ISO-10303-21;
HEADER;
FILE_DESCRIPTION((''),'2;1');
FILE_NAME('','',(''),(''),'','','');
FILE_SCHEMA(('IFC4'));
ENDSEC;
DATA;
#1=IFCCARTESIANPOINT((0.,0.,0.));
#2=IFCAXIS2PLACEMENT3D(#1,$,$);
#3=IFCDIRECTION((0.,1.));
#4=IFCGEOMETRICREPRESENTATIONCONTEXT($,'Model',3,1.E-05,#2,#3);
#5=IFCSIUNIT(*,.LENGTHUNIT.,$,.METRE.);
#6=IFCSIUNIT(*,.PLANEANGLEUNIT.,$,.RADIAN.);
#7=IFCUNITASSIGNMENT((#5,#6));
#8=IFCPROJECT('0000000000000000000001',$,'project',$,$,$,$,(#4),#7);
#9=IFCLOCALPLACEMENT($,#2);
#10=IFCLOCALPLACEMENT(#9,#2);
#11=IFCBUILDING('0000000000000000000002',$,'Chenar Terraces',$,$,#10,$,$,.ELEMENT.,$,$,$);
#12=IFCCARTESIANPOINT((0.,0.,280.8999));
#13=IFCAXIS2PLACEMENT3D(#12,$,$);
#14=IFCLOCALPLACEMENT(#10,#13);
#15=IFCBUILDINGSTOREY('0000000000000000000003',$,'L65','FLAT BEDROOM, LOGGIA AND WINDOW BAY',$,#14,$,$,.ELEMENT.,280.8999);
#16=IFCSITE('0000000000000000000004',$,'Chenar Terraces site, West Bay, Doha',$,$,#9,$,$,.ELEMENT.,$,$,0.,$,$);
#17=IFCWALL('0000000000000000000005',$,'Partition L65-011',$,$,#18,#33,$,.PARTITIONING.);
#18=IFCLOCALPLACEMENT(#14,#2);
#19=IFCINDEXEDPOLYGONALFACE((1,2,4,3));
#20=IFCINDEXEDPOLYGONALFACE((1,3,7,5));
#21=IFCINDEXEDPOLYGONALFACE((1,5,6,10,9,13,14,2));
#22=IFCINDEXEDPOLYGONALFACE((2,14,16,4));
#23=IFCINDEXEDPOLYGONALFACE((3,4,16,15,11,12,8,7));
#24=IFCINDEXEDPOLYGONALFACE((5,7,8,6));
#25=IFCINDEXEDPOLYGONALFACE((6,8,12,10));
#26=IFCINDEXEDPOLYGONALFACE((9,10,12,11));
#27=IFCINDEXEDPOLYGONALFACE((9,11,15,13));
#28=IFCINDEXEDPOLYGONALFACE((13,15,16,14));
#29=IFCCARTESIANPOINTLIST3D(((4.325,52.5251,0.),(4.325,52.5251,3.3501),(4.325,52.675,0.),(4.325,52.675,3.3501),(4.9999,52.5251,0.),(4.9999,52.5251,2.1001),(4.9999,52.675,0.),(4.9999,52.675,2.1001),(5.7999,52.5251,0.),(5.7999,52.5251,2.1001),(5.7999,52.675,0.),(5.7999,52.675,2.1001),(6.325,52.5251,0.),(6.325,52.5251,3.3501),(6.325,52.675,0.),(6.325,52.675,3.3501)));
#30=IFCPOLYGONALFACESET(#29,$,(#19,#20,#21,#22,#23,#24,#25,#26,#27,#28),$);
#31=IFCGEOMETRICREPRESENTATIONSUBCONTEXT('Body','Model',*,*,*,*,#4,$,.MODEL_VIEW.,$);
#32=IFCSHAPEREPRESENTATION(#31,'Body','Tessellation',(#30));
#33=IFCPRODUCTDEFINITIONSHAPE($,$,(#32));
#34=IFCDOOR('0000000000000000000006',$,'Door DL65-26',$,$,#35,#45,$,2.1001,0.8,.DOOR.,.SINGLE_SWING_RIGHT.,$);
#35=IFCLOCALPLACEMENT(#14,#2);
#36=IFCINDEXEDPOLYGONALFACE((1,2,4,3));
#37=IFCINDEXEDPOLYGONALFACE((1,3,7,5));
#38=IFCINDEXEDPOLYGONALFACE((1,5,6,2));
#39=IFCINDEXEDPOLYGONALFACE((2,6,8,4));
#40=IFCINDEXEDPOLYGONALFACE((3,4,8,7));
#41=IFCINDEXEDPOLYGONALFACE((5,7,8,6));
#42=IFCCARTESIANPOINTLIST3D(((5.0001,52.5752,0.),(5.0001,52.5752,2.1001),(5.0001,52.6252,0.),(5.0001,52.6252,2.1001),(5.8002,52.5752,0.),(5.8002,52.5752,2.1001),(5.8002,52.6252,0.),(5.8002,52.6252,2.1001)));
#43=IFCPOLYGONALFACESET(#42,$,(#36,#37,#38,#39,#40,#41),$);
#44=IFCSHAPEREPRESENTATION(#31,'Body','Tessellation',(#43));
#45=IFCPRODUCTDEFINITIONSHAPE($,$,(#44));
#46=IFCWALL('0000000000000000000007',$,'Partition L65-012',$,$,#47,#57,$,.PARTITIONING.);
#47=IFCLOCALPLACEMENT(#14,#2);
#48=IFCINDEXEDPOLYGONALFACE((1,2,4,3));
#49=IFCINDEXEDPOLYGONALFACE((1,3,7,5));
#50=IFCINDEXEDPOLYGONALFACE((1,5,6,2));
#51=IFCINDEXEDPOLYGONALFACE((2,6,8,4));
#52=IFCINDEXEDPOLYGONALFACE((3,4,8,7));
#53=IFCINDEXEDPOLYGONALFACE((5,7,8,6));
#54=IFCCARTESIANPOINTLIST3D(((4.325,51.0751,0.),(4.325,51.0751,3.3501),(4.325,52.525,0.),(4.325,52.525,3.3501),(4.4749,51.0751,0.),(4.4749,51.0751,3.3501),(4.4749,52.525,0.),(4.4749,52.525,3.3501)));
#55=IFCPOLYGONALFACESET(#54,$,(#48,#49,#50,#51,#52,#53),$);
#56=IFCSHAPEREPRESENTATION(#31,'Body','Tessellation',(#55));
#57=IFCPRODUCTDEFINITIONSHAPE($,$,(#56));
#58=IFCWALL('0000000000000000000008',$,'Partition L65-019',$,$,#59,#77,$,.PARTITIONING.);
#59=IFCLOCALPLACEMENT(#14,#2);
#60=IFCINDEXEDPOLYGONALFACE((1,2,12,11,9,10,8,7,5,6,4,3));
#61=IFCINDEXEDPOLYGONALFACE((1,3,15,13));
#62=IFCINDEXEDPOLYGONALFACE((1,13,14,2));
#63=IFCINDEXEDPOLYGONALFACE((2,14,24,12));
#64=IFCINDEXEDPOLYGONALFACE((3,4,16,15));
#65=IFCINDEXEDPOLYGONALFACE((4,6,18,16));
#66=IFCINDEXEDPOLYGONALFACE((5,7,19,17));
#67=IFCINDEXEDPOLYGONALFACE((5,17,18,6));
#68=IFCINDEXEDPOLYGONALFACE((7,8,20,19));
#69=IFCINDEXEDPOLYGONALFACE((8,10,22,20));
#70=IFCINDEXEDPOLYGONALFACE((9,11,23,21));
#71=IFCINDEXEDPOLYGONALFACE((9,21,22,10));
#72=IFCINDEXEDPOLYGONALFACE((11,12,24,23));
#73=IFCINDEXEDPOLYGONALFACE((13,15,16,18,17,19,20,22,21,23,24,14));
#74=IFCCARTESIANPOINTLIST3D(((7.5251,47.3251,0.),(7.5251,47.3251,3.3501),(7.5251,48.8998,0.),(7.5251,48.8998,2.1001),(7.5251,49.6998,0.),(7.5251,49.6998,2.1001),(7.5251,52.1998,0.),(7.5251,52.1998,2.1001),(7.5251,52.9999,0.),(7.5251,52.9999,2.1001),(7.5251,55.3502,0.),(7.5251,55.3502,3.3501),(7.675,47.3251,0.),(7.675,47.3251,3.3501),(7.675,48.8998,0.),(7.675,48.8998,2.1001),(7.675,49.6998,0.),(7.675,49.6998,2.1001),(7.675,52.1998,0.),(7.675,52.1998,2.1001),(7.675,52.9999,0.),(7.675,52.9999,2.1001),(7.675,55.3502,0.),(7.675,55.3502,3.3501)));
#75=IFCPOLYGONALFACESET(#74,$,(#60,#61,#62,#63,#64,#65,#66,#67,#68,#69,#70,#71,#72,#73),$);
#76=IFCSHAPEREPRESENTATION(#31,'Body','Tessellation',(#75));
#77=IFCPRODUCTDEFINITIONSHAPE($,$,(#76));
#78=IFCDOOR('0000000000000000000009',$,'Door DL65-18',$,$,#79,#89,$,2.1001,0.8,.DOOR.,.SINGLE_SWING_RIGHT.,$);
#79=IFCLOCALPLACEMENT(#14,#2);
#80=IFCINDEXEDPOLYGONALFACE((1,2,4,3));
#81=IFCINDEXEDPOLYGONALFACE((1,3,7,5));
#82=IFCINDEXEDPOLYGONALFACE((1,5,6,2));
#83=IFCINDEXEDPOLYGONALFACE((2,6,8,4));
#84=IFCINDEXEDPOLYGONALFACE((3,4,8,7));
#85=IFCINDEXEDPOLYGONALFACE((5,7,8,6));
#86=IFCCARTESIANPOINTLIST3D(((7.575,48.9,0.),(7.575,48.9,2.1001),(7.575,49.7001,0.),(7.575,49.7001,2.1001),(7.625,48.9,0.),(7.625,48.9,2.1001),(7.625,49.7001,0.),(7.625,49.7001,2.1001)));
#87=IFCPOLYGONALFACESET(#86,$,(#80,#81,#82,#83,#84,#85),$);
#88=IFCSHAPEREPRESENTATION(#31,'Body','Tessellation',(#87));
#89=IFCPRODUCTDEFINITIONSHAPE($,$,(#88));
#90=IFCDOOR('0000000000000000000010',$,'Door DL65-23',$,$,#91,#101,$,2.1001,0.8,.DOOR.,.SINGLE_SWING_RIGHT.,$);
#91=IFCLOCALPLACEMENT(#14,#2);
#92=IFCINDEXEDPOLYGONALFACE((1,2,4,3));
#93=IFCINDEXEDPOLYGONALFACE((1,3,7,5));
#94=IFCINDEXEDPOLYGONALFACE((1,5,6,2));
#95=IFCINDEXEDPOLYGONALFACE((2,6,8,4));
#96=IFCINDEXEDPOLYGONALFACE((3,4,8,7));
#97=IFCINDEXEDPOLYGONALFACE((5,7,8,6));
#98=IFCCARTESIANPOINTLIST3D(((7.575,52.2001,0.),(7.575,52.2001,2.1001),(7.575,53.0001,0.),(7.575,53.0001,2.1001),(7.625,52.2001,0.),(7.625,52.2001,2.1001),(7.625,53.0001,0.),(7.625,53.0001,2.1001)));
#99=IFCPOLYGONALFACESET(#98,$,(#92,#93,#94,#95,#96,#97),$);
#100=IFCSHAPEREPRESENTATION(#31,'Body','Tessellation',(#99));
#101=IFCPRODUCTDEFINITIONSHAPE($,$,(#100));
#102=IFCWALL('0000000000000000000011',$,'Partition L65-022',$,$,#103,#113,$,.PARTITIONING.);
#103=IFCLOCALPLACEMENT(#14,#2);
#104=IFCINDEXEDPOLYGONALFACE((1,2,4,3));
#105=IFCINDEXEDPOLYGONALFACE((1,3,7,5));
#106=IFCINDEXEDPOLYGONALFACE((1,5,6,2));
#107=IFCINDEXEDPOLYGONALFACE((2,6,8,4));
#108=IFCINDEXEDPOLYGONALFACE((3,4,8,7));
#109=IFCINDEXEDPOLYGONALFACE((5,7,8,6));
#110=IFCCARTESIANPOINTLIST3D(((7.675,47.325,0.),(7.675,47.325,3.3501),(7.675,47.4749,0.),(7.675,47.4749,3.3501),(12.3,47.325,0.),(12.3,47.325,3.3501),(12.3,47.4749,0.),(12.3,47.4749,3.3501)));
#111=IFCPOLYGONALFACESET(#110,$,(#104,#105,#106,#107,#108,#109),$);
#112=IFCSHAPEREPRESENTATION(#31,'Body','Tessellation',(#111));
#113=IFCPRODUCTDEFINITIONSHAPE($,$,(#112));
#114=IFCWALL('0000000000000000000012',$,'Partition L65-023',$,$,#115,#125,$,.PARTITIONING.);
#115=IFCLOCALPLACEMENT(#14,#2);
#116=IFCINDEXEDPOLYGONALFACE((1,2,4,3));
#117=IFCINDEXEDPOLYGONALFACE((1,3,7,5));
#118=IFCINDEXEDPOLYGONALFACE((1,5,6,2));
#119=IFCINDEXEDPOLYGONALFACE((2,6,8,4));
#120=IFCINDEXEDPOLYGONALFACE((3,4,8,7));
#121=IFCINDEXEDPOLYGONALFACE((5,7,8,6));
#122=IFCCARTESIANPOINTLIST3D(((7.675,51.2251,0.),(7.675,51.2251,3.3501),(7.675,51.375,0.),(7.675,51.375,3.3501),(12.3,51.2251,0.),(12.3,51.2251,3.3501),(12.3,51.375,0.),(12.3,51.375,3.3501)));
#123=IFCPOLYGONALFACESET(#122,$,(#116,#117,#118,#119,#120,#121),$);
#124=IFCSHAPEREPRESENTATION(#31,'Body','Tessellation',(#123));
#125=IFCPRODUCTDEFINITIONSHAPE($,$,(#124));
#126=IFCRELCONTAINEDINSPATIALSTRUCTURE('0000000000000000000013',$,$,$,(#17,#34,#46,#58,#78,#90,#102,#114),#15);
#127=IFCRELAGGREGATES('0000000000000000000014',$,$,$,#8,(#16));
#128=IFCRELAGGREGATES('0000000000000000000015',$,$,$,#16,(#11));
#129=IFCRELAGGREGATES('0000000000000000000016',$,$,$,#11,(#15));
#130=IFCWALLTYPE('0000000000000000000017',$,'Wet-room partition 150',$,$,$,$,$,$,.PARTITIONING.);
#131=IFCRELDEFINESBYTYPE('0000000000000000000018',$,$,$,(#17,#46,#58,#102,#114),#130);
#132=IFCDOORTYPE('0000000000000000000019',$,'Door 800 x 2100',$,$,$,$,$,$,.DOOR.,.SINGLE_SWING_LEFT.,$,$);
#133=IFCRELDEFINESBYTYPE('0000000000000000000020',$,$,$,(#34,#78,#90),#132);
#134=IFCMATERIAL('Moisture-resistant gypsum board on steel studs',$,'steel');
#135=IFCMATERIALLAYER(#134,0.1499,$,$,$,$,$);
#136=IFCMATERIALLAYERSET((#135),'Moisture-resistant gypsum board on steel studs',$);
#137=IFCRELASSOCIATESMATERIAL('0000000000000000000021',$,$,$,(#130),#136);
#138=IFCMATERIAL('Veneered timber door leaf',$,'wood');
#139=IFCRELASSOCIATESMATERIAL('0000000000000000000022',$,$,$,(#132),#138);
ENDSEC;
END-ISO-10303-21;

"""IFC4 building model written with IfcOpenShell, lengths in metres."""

from ifc_helpers import new_model, si_unit, direction, frame, frame_2d, origin, place, context, subcontext, project, spatial, rectangle, extrude, material, layer, layer_set, type_object, element, fill, save


model = new_model("IFC4")

# Units and contexts
model_context = context("Model", 3, precision=1e-05, world=origin(), true_north=direction((0.0, 1.0)))
body_context = subcontext(model_context, "Body", "Model", "MODEL_VIEW")
ifc_project = project(units=[si_unit("LENGTHUNIT", "METRE"), si_unit("PLANEANGLEUNIT", "RADIAN")], contexts=[model_context])

# Site, building, storey
site_placement = place(None, origin())
site = spatial("IfcSite", under=ifc_project, at=site_placement, Name="Chenar Terraces site, West Bay, Doha", CompositionType="ELEMENT", RefElevation=0.0)
building_placement = place(site_placement, origin())
building = spatial("IfcBuilding", under=site, at=building_placement, Name="Chenar Terraces", CompositionType="ELEMENT")
storey_placement = place(building_placement, frame((0.0, 0.0, 280.8999)))
storey = spatial("IfcBuildingStorey", under=building, at=storey_placement, Name="L65", Description="FLAT BEDROOM, LOGGIA AND WINDOW BAY", CompositionType="ELEMENT", Elevation=280.8999)

# Shared definitions
ifc_material_1 = material(Name="Moisture-resistant gypsum board on steel studs", Category="steel")
ifc_layer_1 = layer(ifc_material_1, 0.1499)
ifc_layer_set_1 = layer_set([ifc_layer_1], Name="Moisture-resistant gypsum board on steel studs")
wall_type_1 = type_object("IfcWallType", Name="Wet-room partition 150", PredefinedType="PARTITIONING", material=ifc_layer_set_1)

# Wall, opening, door
wall_1_placement = place(storey_placement, frame((4.325, 52.6001, 0.0), z_axis=(0.0, 0.0, 1.0), x_axis=(1.0, 0.0, 0.0)))
wall_1 = element("IfcWall", 1, at=wall_1_placement, inside=storey, type_object=wall_type_1, Name="Partition L65-011", PredefinedType="PARTITIONING", context=body_context, shape_type="SweptSolid", body=[
    extrude(rectangle(XDim=2.0, YDim=0.1499, at=frame_2d((1.0, 0.0))), origin(), (0.0, 0.0, 1.0), 3.3501),
])
opening_1_placement = place(wall_1_placement, frame((0.675, 0.0, 0.0)))
opening_1 = element("IfcOpeningElement", 2, at=opening_1_placement, cuts=wall_1, PredefinedType="OPENING", context=body_context, shape_type="SweptSolid", body=[
    extrude(rectangle(XDim=0.8, YDim=2.1001, at=frame_2d((0.3999, 1.05))), frame((0.0, 0.085, 0.0), z_axis=(0.0, -1.0, 0.0), x_axis=(1.0, 0.0, 0.0)), (0.0, 0.0, 1.0), 0.1699),
])
ifc_material_2 = material(Name="Veneered timber door leaf", Category="wood")
door_type_1 = type_object("IfcDoorType", Name="Door 800 x 2100", OperationType="SINGLE_SWING_LEFT", PredefinedType="DOOR", material=ifc_material_2)
door_1_placement = place(opening_1_placement, frame((0.8, 0.0, 0.0), z_axis=(0.0, 0.0, 1.0), x_axis=(-1.0, 0.0, 0.0)))
door_1 = element("IfcDoor", 3, at=door_1_placement, inside=storey, type_object=door_type_1, Name="Door DL65-26", OperationType="SINGLE_SWING_RIGHT", OverallHeight=2.1001, OverallWidth=0.8, PredefinedType="DOOR", context=body_context, shape_type="SweptSolid", body=[
    extrude(rectangle(XDim=0.8, YDim=2.1001, at=frame_2d((0.3999, 1.05))), frame((0.0, 0.0249, 0.0), z_axis=(0.0, -1.0, 0.0), x_axis=(1.0, 0.0, 0.0)), (0.0, 0.0, 1.0), 0.05),
])
fill(opening_1, door_1)

# Wall
wall_2_placement = place(storey_placement, frame((4.3999, 51.075, 0.0), z_axis=(0.0, 0.0, 1.0), x_axis=(0.0, 1.0, 0.0)))
element("IfcWall", 4, at=wall_2_placement, inside=storey, type_object=wall_type_1, Name="Partition L65-012", PredefinedType="PARTITIONING", context=body_context, shape_type="SweptSolid", body=[
    extrude(rectangle(XDim=1.45, YDim=0.1499, at=frame_2d((0.7251, 0.0))), origin(), (0.0, 0.0, 1.0), 3.3501),
])

# Wall, openings, doors
wall_3_placement = place(storey_placement, frame((7.6001, 47.325, 0.0), z_axis=(0.0, 0.0, 1.0), x_axis=(0.0, 1.0, 0.0)))
wall_3 = element("IfcWall", 5, at=wall_3_placement, inside=storey, type_object=wall_type_1, Name="Partition L65-019", PredefinedType="PARTITIONING", context=body_context, shape_type="SweptSolid", body=[
    extrude(rectangle(XDim=8.0251, YDim=0.1499, at=frame_2d((4.0127, 0.0))), origin(), (0.0, 0.0, 1.0), 3.3501),
])
opening_2_placement = place(wall_3_placement, frame((1.575, 0.0, 0.0)))
opening_2 = element("IfcOpeningElement", 6, at=opening_2_placement, cuts=wall_3, PredefinedType="OPENING", context=body_context, shape_type="SweptSolid", body=[
    extrude(rectangle(XDim=0.8, YDim=2.1001, at=frame_2d((0.3999, 1.05))), frame((0.0, 0.085, 0.0), z_axis=(0.0, -1.0, 0.0), x_axis=(1.0, 0.0, 0.0)), (0.0, 0.0, 1.0), 0.1699),
])
opening_3_placement = place(wall_3_placement, frame((4.875, 0.0, 0.0)))
opening_3 = element("IfcOpeningElement", 7, at=opening_3_placement, cuts=wall_3, PredefinedType="OPENING", context=body_context, shape_type="SweptSolid", body=[
    extrude(rectangle(XDim=0.8, YDim=2.1001, at=frame_2d((0.3999, 1.05))), frame((0.0, 0.085, 0.0), z_axis=(0.0, -1.0, 0.0), x_axis=(1.0, 0.0, 0.0)), (0.0, 0.0, 1.0), 0.1699),
])
door_2_placement = place(opening_2_placement, frame((0.8, 0.0, 0.0), z_axis=(0.0, 0.0, 1.0), x_axis=(-1.0, 0.0, 0.0)))
door_2 = element("IfcDoor", 8, at=door_2_placement, inside=storey, type_object=door_type_1, Name="Door DL65-18", OperationType="SINGLE_SWING_RIGHT", OverallHeight=2.1001, OverallWidth=0.8, PredefinedType="DOOR", context=body_context, shape_type="SweptSolid", body=[
    extrude(rectangle(XDim=0.8, YDim=2.1001, at=frame_2d((0.3999, 1.05))), frame((0.0, 0.0249, 0.0), z_axis=(0.0, -1.0, 0.0), x_axis=(1.0, 0.0, 0.0)), (0.0, 0.0, 1.0), 0.05),
])
fill(opening_2, door_2)
door_3_placement = place(opening_3_placement, frame((0.8, 0.0, 0.0), z_axis=(0.0, 0.0, 1.0), x_axis=(-1.0, 0.0, 0.0)))
door_3 = element("IfcDoor", 9, at=door_3_placement, inside=storey, type_object=door_type_1, Name="Door DL65-23", OperationType="SINGLE_SWING_RIGHT", OverallHeight=2.1001, OverallWidth=0.8, PredefinedType="DOOR", context=body_context, shape_type="SweptSolid", body=[
    extrude(rectangle(XDim=0.8, YDim=2.1001, at=frame_2d((0.3999, 1.05))), frame((0.0, 0.0249, 0.0), z_axis=(0.0, -1.0, 0.0), x_axis=(1.0, 0.0, 0.0)), (0.0, 0.0, 1.0), 0.05),
])
fill(opening_3, door_3)

# Walls
for number, where, z_axis, x_axis, name in (
    (10, (7.675, 47.3999, 0.0), (0.0, 0.0, 1.0), (1.0, 0.0, 0.0), "Partition L65-022"),
    (11, (7.675, 51.3, 0.0), (0.0, 0.0, 1.0), (1.0, 0.0, 0.0), "Partition L65-023"),
):
    element("IfcWall", number, at=place(storey_placement, frame(where, z_axis=z_axis, x_axis=x_axis)), inside=storey, type_object=wall_type_1, Name=name, PredefinedType="PARTITIONING", context=body_context, shape_type="SweptSolid", body=[
        extrude(rectangle(XDim=4.625, YDim=0.1499, at=frame_2d((2.3125, 0.0))), origin(), (0.0, 0.0, 1.0), 3.3501),
    ])

save(model, "model.ifc")
